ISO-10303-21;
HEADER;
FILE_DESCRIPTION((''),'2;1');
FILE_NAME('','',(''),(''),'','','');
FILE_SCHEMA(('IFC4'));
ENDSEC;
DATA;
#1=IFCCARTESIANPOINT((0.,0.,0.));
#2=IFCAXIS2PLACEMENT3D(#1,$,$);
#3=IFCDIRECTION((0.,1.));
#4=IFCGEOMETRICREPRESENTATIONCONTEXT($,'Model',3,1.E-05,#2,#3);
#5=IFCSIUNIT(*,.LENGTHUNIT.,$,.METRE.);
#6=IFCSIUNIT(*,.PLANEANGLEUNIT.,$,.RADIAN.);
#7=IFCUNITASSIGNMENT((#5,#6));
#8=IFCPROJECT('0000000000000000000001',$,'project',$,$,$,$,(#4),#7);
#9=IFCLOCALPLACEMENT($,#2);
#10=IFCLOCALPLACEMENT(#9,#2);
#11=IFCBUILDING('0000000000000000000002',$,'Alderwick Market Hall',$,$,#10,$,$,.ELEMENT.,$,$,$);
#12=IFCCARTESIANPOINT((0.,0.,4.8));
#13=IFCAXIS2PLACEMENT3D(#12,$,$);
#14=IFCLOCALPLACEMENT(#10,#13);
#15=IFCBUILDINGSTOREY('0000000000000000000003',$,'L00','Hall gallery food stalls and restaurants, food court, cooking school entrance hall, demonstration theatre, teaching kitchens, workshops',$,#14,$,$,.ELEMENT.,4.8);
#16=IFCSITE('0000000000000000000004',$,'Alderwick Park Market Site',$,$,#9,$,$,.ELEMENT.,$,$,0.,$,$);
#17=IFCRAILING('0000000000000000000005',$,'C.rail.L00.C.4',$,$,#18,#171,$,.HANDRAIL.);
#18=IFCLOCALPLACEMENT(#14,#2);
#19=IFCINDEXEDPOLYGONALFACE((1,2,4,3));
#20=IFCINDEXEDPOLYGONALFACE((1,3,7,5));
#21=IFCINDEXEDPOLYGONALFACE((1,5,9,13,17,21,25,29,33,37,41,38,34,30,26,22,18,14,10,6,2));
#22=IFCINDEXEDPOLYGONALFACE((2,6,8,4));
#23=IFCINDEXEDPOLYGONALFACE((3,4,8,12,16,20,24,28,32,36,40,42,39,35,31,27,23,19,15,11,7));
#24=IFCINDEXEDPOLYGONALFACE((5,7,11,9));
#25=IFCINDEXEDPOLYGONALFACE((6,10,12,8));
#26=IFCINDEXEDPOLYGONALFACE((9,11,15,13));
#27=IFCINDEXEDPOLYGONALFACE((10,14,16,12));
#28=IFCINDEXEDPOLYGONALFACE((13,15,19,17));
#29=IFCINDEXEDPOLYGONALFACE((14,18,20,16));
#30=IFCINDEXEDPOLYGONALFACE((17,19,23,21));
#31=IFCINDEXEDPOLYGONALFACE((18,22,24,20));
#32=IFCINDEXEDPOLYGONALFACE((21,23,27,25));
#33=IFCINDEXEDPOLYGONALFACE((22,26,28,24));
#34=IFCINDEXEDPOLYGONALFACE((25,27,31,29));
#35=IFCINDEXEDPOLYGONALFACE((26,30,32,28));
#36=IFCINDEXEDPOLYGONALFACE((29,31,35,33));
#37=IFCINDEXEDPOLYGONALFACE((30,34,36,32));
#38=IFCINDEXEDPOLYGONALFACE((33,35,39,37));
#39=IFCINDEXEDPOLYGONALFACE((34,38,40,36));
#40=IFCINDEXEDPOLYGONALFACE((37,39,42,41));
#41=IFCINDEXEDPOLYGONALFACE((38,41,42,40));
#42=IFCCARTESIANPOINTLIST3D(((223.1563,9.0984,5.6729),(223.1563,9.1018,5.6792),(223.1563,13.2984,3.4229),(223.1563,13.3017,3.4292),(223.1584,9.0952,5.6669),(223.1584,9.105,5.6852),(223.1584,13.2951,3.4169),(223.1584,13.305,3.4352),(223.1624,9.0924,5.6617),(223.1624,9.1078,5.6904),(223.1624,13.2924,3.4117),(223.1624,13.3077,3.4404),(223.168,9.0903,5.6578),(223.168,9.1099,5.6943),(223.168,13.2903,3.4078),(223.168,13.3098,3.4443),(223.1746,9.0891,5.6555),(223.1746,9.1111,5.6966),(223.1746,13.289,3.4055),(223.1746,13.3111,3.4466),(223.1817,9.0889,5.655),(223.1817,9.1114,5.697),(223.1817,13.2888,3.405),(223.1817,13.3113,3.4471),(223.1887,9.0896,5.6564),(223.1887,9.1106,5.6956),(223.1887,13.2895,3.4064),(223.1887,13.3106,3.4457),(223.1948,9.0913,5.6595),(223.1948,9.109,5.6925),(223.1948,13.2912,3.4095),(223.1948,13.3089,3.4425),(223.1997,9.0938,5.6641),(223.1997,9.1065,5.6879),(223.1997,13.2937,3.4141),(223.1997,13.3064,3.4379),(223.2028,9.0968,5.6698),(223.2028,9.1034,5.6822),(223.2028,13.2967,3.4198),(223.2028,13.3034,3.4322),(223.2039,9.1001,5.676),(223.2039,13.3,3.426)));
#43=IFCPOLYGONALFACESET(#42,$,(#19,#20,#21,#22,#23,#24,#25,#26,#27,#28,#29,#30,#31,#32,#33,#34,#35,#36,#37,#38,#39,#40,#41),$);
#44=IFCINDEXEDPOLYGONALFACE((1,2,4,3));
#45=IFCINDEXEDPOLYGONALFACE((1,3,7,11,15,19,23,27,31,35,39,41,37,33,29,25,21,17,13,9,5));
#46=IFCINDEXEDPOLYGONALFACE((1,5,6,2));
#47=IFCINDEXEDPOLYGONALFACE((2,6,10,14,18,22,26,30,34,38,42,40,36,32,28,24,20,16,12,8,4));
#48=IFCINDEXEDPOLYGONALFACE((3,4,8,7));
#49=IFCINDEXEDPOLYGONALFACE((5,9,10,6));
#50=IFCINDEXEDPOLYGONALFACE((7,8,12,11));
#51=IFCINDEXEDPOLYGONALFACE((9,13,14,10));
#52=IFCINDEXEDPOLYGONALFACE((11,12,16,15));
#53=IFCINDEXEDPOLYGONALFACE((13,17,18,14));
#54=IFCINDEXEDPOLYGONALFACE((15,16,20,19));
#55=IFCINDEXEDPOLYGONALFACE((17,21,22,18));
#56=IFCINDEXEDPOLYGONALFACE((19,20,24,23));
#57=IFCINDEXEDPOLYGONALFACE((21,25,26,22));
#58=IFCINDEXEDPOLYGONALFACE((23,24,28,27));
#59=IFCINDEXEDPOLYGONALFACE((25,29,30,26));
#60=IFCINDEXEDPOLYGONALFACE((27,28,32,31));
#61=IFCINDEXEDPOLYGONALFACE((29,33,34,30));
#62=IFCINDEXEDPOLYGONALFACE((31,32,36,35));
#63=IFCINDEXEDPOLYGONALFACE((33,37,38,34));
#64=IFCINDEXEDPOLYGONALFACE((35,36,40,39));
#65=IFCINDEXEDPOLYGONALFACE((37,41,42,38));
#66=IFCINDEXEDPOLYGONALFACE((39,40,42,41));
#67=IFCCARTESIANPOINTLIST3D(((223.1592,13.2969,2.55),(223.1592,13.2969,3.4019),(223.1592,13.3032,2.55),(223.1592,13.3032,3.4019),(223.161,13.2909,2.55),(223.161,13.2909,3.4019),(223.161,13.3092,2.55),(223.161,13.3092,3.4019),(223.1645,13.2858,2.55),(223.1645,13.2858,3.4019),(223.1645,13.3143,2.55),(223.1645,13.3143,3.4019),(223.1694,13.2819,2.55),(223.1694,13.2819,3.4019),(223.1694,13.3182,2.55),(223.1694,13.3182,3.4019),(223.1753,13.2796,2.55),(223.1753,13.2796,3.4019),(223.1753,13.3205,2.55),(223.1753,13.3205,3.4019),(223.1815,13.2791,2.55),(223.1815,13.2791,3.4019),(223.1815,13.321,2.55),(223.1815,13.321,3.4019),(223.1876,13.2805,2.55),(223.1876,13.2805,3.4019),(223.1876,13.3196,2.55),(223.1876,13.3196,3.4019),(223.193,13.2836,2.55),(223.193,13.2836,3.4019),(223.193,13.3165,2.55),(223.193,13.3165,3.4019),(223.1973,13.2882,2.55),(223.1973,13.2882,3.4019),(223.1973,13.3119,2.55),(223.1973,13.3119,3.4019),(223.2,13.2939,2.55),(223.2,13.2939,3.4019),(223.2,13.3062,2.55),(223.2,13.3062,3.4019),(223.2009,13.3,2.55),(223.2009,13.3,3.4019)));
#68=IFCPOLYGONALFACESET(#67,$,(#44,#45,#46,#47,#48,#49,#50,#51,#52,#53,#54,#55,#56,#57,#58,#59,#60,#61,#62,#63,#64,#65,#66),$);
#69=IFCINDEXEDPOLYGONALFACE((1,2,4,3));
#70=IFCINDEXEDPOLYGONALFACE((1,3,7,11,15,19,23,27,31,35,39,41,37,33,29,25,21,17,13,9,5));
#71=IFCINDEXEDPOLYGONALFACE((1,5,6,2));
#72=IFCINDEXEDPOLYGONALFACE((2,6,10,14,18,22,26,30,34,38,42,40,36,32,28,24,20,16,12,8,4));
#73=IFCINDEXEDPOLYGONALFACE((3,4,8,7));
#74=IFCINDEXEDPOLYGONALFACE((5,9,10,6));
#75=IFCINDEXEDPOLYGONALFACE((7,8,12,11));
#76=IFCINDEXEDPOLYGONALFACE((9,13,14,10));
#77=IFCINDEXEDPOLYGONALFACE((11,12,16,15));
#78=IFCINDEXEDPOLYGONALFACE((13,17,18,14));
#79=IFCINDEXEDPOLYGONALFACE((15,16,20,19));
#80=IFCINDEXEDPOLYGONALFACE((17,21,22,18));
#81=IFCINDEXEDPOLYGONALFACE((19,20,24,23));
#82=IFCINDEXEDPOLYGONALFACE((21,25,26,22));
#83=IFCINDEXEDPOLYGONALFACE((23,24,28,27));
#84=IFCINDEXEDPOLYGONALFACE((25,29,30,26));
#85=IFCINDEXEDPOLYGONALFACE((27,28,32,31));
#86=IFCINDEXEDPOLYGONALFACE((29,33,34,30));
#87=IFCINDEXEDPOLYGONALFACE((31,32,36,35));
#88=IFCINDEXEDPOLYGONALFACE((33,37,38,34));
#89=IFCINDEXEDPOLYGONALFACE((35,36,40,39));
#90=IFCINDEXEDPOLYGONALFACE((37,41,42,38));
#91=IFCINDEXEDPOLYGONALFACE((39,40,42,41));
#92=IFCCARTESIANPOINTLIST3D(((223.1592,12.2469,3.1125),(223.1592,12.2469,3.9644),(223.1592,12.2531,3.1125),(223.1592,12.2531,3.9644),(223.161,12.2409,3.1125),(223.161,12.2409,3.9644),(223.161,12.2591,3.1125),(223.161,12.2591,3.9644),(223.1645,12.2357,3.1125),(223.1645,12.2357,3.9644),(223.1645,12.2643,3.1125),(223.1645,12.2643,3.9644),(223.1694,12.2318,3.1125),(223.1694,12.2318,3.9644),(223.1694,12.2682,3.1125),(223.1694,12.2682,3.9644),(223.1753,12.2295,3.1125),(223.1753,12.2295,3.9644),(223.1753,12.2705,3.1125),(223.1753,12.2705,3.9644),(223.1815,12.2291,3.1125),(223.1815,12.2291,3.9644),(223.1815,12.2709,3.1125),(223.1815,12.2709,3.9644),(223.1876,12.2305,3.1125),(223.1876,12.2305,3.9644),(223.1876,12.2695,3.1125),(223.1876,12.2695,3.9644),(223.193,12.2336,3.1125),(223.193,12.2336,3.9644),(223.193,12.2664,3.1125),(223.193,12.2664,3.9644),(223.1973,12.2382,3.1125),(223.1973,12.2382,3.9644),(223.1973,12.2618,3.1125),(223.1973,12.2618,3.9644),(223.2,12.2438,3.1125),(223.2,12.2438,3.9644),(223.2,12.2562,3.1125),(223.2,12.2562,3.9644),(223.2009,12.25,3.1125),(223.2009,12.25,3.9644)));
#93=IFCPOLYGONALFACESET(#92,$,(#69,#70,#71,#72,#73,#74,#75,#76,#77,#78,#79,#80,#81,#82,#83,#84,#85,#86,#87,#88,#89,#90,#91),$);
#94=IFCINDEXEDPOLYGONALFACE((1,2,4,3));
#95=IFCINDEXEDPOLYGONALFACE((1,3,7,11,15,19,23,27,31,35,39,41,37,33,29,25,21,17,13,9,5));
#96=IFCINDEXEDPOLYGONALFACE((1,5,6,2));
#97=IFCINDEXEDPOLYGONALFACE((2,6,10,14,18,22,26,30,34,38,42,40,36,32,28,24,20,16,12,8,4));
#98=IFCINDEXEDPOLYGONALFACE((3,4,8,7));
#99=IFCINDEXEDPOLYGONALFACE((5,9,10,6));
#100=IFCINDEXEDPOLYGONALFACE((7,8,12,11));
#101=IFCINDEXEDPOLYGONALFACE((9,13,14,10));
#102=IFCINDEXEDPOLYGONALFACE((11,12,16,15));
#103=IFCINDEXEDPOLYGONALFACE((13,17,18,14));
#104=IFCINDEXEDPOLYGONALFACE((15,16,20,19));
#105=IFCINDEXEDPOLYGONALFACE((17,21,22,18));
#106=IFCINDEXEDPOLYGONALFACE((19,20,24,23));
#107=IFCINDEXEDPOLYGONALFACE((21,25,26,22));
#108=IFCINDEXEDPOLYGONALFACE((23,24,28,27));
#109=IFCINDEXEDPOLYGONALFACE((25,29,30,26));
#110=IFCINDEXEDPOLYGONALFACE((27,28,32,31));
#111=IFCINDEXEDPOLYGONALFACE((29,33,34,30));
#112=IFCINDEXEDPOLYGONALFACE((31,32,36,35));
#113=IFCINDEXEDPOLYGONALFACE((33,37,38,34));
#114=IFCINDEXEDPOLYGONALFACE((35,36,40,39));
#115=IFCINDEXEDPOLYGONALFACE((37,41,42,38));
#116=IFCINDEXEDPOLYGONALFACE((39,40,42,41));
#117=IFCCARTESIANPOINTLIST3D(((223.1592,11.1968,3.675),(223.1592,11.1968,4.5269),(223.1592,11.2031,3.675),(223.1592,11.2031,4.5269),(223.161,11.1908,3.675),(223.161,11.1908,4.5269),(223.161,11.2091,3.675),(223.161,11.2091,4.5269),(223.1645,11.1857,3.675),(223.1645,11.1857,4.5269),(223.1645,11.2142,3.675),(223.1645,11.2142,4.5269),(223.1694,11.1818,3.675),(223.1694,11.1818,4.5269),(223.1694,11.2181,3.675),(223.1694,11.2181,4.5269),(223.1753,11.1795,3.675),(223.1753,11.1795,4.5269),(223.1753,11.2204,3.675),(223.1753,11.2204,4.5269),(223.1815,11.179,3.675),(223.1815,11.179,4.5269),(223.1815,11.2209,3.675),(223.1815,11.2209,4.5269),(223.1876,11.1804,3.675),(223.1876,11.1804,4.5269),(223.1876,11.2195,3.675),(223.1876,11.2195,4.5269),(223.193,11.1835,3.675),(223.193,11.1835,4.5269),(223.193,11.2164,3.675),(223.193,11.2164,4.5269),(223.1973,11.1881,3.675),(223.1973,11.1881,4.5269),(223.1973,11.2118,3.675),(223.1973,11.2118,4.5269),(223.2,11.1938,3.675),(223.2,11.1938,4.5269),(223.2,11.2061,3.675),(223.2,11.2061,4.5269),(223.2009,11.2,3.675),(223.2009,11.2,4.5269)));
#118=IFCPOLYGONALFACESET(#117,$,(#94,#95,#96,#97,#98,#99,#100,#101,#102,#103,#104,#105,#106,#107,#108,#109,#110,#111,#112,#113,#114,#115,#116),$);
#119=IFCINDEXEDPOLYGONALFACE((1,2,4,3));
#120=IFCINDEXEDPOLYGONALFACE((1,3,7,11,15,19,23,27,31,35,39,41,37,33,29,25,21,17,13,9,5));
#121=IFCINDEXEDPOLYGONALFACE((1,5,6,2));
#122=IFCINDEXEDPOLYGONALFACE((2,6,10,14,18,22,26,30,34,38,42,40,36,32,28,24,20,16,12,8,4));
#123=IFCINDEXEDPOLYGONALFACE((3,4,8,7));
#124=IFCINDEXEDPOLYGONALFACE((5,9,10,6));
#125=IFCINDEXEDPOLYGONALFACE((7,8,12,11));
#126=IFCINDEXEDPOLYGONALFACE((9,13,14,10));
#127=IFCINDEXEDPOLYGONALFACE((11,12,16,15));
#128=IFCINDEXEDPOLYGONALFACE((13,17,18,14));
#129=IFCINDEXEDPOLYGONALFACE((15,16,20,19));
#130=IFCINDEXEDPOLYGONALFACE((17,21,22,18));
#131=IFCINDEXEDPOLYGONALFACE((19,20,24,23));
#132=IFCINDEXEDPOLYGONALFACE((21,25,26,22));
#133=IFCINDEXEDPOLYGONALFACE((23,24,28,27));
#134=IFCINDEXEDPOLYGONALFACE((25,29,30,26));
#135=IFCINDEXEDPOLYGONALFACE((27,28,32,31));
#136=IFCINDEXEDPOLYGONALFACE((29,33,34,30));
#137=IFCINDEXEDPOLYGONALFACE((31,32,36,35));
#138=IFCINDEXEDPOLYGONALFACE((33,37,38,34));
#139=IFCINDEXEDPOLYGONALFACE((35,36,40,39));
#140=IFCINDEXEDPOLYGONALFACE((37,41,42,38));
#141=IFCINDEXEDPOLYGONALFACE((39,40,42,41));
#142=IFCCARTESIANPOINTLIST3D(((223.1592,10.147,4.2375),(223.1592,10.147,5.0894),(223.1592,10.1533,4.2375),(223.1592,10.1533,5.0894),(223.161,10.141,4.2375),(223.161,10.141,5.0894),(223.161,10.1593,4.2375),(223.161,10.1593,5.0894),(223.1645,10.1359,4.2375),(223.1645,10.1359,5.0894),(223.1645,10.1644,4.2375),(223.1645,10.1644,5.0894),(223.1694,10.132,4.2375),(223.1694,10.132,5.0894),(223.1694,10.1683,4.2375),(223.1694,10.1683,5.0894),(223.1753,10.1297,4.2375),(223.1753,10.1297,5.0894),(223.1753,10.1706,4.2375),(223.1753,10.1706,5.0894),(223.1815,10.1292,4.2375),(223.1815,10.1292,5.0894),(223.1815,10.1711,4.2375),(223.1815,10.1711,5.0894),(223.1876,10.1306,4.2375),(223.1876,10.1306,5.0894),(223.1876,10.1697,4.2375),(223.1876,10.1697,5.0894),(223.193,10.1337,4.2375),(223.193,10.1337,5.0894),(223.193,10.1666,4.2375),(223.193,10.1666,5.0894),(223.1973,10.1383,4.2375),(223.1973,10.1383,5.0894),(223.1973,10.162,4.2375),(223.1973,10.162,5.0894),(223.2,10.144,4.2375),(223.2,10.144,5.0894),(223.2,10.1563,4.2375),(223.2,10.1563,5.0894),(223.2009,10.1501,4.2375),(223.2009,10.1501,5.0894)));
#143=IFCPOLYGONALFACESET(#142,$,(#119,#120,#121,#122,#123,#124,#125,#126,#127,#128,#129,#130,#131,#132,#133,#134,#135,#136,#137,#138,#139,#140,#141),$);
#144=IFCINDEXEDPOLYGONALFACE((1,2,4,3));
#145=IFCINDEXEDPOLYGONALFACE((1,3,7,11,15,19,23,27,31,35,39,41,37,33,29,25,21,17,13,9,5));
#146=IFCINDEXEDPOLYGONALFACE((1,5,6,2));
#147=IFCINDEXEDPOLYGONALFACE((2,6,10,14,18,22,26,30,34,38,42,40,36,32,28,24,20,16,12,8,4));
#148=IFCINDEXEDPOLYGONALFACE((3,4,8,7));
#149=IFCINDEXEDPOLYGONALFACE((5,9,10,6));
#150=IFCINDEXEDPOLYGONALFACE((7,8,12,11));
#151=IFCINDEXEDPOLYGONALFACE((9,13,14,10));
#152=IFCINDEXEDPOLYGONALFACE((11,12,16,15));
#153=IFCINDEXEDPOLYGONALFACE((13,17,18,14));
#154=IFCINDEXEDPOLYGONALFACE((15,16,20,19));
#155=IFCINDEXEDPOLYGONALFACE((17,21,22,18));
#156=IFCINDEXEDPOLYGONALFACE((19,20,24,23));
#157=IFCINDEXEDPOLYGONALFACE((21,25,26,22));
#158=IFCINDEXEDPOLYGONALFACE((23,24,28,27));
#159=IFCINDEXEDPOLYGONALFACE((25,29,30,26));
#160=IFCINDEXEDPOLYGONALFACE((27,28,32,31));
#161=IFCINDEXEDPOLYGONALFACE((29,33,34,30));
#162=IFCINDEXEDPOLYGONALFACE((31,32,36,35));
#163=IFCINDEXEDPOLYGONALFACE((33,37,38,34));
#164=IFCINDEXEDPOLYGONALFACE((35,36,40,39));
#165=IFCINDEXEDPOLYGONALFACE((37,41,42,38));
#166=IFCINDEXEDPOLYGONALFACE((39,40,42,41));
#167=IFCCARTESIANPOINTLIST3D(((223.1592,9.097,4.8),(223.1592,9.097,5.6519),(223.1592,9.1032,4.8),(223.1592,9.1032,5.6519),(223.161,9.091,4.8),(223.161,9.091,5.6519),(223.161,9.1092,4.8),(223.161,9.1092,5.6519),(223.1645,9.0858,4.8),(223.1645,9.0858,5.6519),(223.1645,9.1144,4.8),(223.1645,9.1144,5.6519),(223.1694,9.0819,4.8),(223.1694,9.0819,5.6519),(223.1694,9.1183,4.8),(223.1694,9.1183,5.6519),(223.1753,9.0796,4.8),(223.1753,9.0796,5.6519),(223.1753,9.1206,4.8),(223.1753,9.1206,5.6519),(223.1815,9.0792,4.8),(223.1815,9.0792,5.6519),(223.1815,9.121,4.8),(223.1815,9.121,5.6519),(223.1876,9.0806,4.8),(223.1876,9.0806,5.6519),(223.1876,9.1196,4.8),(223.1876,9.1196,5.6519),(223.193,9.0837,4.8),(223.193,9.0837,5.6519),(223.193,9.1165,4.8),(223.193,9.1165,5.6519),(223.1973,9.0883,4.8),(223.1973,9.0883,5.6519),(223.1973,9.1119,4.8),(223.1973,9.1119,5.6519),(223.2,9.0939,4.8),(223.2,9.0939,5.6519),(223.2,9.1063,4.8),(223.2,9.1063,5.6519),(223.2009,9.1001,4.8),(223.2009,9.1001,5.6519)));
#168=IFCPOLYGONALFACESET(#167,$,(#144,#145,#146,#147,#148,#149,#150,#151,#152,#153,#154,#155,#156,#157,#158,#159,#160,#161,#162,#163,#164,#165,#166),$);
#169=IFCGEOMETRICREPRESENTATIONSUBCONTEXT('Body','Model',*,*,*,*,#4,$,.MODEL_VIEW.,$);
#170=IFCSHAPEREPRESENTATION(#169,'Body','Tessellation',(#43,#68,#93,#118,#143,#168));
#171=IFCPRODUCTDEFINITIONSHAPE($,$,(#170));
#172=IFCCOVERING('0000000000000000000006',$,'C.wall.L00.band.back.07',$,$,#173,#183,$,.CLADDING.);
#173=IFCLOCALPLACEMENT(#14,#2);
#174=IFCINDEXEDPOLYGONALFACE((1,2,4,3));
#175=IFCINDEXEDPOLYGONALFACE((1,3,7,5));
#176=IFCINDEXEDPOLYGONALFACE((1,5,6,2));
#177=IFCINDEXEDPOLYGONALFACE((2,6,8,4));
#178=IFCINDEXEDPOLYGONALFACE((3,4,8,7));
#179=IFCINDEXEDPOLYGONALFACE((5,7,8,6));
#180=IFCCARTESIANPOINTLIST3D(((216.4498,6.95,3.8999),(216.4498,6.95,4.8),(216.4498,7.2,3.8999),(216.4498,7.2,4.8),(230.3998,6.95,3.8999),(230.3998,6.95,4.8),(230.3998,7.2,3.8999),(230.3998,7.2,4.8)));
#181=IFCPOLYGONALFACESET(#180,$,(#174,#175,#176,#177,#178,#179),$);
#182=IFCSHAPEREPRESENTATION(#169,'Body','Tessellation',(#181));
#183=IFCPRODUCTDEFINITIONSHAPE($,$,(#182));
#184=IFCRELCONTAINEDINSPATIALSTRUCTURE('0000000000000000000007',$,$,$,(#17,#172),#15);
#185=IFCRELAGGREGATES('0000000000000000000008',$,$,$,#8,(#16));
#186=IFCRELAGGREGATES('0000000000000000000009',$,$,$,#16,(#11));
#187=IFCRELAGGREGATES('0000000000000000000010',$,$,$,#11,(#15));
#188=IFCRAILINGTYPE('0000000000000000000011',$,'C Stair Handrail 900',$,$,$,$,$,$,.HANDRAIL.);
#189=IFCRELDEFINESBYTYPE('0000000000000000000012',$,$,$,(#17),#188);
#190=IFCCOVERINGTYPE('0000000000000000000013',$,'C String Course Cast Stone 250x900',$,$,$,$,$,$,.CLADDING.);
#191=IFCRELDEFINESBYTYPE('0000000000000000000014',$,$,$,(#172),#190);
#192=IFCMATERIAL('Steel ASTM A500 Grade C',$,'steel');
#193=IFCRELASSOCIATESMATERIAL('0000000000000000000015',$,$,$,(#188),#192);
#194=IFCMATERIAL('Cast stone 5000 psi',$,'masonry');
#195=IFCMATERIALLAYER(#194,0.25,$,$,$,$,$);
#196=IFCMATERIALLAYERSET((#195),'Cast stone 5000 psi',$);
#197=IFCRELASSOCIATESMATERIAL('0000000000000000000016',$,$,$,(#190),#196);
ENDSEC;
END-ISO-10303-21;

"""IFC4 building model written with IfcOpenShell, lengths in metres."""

from ifc_helpers import new_model, si_unit, direction, frame, frame_2d, origin, origin_2d, place, context, subcontext, project, spatial, rectangle, circle, extrude, material, layer, layer_set, type_object, element, save


model = new_model("IFC4")

# Units and contexts
model_context = context("Model", 3, precision=1e-05, world=origin(), true_north=direction((0.0, 1.0)))
body_context = subcontext(model_context, "Body", "Model", "MODEL_VIEW")
ifc_project = project(units=[si_unit("LENGTHUNIT", "METRE"), si_unit("PLANEANGLEUNIT", "RADIAN")], contexts=[model_context])

# Site, building, storey
site_placement = place(None, origin())
site = spatial("IfcSite", under=ifc_project, at=site_placement, Name="Alderwick Park Market Site", CompositionType="ELEMENT", RefElevation=0.0)
building_placement = place(site_placement, origin())
building = spatial("IfcBuilding", under=site, at=building_placement, Name="Alderwick Market Hall", CompositionType="ELEMENT")
storey_placement = place(building_placement, frame((0.0, 0.0, 4.8)))
storey = spatial("IfcBuildingStorey", under=building, at=storey_placement, Name="L00", Description="Hall gallery food stalls and restaurants, food court, cooking school entrance hall, demonstration theatre, teaching kitchens, workshops", CompositionType="ELEMENT", Elevation=4.8)

# Railing
ifc_material_1 = material(Name="Steel ASTM A500 Grade C", Category="steel")
railing_type_1 = type_object("IfcRailingType", Name="C Stair Handrail 900", PredefinedType="HANDRAIL", material=ifc_material_1)
for number, where, name in (
    (1, (223.1799, 13.3, 2.55), "C.rail.L00.C.4"),
):
    element("IfcRailing", number, at=place(storey_placement, frame(where)), inside=storey, type_object=railing_type_1, Name=name, PredefinedType="HANDRAIL", context=body_context, shape_type="SweptSolid", body=[
        extrude(circle(Radius=0.0239, at=origin_2d()), frame((0.0, 0.0, 0.876), z_axis=(0.0, -0.881478, 0.472226), x_axis=(1.0, 0.0, 0.0)), (0.0, 0.0, 1.0), 4.7646),
        extrude(circle(Radius=0.021, at=origin_2d()), origin(), (0.0, 0.0, 1.0), 0.8518),
        extrude(circle(Radius=0.021, at=origin_2d()), frame((0.0, -1.05, 0.5625)), (0.0, 0.0, 1.0), 0.8518),
        extrude(circle(Radius=0.021, at=origin_2d()), frame((0.0, -2.1001, 1.125)), (0.0, 0.0, 1.0), 0.8518),
        extrude(circle(Radius=0.021, at=origin_2d()), frame((0.0, -3.1499, 1.6875)), (0.0, 0.0, 1.0), 0.8518),
        extrude(circle(Radius=0.021, at=origin_2d()), frame((0.0, -4.2, 2.25)), (0.0, 0.0, 1.0), 0.8518),
    ])

# Covering
ifc_material_2 = material(Name="Cast stone 5000 psi", Category="masonry")
ifc_layer_1 = layer(ifc_material_2, 0.25)
ifc_layer_set_1 = layer_set([ifc_layer_1], Name="Cast stone 5000 psi")
covering_type = type_object("IfcCoveringType", Name="C String Course Cast Stone 250x900", PredefinedType="CLADDING", material=ifc_layer_set_1)
covering_placement = place(storey_placement, frame((230.3999, 7.075, 3.8999), z_axis=(0.0, 0.0, 1.0), x_axis=(-1.0, 0.0, 0.0)))
element("IfcCovering", 2, at=covering_placement, inside=storey, type_object=covering_type, Name="C.wall.L00.band.back.07", PredefinedType="CLADDING", context=body_context, shape_type="SweptSolid", body=[
    extrude(rectangle(XDim=13.95, YDim=0.25, at=frame_2d((6.9751, 0.0))), origin(), (0.0, 0.0, 1.0), 0.9001),
])

save(model, "model.ifc")
